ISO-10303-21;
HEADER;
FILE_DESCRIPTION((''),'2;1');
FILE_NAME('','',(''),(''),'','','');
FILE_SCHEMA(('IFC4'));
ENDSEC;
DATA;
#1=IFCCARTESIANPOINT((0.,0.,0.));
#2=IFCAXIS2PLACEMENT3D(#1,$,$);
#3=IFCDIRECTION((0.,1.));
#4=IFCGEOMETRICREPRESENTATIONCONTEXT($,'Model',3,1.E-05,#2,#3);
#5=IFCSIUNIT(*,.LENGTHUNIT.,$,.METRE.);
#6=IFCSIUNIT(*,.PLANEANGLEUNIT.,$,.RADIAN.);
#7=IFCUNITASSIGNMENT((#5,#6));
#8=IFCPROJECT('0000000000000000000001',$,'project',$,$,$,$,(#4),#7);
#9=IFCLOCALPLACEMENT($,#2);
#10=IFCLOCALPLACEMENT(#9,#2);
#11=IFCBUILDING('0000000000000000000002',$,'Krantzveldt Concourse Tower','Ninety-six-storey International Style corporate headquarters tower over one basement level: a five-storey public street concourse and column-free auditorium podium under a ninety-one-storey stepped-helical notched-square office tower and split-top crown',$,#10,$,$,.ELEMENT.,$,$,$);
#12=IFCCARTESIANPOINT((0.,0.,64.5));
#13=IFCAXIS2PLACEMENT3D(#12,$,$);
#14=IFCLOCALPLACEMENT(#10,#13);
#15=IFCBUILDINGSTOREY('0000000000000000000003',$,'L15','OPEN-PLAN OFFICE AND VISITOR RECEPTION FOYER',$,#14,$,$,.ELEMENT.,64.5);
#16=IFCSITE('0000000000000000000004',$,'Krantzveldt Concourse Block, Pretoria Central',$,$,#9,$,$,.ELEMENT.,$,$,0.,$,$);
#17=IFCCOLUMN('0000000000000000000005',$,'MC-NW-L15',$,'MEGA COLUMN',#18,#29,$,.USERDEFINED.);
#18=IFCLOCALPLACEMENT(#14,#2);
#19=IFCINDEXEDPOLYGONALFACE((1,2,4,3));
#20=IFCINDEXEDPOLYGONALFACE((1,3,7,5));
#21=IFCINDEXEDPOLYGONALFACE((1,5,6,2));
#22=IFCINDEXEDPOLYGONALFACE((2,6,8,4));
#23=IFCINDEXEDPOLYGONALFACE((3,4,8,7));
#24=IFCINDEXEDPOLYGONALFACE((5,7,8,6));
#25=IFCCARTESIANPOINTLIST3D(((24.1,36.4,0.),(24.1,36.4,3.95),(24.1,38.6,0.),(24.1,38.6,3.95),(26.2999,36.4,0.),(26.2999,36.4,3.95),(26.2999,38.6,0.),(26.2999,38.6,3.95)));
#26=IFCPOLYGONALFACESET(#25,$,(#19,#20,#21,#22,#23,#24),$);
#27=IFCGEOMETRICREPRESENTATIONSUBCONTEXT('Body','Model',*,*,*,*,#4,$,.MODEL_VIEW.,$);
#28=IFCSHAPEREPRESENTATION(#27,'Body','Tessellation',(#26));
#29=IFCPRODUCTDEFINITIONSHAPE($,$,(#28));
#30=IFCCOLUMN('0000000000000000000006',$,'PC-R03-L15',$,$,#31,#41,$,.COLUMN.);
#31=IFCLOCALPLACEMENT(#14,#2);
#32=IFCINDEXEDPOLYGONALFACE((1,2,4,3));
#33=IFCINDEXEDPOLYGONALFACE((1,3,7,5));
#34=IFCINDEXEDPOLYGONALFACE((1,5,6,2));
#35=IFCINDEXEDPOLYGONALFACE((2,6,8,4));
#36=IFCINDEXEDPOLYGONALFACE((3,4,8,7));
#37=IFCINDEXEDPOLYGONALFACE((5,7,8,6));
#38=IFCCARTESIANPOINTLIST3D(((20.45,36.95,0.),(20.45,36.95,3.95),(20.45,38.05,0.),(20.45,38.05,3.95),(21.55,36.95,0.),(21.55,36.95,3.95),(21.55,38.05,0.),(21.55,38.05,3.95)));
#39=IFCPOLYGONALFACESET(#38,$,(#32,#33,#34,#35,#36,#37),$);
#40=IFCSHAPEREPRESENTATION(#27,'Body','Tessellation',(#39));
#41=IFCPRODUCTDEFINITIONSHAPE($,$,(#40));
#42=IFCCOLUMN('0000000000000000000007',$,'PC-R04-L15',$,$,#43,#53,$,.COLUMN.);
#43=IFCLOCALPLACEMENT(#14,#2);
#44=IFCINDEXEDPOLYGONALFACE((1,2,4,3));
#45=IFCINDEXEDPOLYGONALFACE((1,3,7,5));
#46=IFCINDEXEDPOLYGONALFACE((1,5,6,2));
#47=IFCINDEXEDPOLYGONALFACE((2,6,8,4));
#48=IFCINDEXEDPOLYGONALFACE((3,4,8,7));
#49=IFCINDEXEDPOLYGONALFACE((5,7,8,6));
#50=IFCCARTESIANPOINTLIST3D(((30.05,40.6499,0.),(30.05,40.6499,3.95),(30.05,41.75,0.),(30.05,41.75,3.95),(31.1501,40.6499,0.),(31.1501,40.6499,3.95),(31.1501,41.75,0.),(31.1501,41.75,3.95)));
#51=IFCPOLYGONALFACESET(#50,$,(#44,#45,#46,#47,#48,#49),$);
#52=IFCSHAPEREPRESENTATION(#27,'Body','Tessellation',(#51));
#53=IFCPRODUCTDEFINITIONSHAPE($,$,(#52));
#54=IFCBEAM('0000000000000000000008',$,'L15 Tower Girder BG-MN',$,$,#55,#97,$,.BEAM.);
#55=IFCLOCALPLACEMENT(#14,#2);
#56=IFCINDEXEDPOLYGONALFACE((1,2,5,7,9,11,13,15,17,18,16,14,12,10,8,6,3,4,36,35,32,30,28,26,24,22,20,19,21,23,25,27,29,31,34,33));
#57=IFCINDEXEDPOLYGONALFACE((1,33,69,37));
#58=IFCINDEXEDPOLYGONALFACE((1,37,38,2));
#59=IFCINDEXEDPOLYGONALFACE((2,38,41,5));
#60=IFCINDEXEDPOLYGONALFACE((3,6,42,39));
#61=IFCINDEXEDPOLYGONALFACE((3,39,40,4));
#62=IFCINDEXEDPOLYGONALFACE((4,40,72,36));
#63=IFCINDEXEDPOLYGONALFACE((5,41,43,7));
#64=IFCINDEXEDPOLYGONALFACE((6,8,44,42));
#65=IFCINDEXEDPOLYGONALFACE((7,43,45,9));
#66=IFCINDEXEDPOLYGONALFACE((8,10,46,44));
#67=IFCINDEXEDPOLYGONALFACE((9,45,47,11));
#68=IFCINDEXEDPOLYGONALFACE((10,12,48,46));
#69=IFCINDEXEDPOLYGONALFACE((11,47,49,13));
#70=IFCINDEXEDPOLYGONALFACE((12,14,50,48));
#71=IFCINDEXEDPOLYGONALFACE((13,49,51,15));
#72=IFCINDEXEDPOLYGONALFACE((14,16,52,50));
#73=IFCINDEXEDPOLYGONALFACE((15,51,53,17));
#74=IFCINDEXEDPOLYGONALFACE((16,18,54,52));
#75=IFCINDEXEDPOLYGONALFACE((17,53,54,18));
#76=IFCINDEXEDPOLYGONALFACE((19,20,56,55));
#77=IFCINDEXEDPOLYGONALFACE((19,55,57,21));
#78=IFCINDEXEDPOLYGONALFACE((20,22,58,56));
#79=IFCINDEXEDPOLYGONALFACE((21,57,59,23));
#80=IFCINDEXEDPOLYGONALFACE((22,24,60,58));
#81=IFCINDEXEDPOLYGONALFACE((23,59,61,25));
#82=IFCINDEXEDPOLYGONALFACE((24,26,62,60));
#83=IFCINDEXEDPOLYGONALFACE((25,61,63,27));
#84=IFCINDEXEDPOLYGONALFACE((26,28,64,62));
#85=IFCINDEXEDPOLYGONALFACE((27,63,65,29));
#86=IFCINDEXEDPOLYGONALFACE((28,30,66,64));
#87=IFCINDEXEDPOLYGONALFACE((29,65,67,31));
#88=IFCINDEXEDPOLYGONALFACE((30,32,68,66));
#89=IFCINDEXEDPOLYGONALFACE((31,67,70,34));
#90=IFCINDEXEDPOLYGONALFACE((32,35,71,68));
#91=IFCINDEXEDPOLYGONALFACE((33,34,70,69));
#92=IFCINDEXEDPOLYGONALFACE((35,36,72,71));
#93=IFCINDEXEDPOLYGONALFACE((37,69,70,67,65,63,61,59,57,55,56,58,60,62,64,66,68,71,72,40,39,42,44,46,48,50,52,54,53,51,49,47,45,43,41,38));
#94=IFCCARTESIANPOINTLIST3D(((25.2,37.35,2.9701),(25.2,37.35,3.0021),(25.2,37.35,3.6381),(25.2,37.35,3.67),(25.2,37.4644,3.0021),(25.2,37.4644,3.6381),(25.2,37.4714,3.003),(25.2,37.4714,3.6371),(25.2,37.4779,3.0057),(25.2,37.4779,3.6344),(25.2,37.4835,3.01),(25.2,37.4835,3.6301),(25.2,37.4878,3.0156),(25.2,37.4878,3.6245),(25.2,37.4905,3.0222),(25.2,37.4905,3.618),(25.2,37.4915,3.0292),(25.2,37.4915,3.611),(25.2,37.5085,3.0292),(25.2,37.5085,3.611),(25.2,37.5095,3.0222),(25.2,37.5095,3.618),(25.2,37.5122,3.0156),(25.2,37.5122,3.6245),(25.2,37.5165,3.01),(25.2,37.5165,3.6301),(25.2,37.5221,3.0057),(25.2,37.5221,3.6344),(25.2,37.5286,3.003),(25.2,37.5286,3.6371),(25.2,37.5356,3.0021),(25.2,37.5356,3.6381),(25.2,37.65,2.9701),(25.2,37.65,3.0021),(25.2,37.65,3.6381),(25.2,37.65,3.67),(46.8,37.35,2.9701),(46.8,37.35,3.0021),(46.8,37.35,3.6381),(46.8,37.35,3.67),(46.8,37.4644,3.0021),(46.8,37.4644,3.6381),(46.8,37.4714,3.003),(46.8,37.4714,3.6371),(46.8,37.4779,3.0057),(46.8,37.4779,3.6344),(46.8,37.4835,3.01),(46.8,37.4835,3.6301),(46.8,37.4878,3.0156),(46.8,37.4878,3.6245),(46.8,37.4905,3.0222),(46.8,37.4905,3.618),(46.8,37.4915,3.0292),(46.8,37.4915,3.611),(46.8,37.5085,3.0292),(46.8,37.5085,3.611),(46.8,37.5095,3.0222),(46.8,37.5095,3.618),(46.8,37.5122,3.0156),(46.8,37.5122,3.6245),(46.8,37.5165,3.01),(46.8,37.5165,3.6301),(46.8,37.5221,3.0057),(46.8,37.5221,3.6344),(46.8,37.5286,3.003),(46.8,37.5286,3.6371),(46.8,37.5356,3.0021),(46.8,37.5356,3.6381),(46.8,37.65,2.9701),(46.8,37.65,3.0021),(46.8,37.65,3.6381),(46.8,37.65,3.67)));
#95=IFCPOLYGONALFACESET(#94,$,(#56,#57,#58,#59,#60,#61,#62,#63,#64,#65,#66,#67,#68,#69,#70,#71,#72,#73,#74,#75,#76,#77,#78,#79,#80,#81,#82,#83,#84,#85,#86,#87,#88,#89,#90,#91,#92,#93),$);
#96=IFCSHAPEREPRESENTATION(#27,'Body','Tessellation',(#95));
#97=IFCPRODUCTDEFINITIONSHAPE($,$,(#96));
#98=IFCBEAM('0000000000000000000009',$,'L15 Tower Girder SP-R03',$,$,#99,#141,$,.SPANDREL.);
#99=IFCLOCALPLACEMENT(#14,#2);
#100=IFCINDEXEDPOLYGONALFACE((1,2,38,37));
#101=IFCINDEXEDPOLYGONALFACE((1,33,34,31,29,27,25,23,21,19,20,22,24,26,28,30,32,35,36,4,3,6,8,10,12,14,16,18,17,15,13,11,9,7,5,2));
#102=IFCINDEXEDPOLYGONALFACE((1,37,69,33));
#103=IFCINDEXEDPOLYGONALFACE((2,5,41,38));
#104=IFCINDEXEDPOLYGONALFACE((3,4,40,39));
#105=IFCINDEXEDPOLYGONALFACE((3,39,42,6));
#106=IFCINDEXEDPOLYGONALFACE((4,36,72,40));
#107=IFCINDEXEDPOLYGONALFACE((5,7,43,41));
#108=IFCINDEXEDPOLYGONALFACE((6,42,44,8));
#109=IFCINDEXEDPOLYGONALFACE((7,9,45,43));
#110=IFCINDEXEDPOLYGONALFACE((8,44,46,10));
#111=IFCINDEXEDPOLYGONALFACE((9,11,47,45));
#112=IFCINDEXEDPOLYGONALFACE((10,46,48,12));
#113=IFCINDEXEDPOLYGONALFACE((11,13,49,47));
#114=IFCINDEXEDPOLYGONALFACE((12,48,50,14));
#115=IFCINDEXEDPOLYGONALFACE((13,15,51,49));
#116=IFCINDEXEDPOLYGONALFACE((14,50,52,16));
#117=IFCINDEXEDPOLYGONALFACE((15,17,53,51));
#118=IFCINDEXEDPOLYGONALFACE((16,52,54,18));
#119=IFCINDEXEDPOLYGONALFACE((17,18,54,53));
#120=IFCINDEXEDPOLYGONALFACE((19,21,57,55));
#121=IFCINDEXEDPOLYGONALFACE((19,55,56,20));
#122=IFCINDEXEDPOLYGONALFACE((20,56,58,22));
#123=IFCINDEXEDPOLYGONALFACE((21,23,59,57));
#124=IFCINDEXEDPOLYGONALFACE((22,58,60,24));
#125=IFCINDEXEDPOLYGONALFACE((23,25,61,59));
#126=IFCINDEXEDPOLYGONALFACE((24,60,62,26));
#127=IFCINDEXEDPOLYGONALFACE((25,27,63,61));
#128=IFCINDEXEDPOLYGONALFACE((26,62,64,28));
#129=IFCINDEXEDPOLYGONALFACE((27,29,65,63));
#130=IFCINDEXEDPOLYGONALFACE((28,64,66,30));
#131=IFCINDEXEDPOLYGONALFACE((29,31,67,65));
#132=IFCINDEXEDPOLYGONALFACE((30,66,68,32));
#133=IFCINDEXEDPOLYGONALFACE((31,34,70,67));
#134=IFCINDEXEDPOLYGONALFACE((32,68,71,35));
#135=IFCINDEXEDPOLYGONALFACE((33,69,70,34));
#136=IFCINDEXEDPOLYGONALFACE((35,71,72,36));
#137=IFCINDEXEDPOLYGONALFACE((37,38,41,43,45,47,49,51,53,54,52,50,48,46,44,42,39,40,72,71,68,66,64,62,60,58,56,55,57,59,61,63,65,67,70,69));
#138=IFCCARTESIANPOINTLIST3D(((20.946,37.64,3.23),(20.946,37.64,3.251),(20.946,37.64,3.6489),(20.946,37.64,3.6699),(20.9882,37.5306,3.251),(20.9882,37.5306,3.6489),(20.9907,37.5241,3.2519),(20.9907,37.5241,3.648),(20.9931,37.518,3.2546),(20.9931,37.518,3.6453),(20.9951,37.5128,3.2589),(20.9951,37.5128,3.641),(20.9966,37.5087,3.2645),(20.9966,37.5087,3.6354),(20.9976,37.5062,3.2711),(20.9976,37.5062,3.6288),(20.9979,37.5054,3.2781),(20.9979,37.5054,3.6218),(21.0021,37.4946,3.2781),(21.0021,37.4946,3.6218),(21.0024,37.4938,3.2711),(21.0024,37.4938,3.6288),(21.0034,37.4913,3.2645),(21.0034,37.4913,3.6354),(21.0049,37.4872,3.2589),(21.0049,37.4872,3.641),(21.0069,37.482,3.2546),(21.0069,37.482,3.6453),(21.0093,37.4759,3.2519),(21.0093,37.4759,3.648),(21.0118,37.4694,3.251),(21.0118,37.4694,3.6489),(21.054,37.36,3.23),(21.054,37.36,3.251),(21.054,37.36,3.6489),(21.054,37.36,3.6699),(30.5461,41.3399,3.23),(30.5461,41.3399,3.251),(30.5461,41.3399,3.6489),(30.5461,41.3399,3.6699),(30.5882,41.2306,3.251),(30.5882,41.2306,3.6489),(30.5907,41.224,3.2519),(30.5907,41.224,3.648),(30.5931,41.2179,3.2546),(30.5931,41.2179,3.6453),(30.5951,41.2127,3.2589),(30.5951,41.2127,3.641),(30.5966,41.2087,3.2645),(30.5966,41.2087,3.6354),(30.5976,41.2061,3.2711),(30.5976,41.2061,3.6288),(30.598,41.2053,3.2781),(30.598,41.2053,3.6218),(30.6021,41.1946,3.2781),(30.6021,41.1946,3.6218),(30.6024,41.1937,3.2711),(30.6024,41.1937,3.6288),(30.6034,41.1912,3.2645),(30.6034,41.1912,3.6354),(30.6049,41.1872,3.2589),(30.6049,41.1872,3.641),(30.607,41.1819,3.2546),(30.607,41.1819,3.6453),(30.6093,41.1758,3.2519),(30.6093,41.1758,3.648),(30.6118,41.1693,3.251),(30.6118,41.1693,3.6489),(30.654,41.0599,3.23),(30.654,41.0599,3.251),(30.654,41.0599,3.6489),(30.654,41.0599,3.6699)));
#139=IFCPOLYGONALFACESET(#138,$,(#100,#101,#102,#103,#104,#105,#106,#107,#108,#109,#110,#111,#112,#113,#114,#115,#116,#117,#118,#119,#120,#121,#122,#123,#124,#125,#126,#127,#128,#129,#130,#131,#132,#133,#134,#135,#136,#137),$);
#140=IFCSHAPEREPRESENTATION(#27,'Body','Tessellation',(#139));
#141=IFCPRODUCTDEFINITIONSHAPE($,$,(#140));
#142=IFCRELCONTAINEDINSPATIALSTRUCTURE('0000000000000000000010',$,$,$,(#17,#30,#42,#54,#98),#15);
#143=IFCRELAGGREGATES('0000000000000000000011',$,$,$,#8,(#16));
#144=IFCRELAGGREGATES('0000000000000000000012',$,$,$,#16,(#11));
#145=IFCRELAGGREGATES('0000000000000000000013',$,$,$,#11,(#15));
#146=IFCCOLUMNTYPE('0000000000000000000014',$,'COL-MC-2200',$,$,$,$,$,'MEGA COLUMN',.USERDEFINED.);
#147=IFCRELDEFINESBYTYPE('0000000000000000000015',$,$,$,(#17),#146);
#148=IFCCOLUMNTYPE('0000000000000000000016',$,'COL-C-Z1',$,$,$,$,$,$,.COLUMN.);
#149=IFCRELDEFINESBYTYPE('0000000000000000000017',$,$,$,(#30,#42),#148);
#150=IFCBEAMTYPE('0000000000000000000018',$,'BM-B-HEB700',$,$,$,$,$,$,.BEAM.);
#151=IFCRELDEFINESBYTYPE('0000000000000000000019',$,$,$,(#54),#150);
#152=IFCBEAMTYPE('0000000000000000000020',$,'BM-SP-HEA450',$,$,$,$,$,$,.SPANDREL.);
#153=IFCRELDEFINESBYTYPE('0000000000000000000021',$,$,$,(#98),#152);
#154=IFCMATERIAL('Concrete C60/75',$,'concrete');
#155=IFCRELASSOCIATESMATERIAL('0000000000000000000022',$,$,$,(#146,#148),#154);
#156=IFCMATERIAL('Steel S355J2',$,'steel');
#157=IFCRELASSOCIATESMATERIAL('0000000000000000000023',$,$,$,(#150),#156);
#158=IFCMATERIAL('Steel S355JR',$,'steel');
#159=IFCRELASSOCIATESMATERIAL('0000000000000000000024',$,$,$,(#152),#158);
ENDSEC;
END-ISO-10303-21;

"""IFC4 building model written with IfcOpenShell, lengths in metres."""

from ifc_helpers import new_model, si_unit, direction, frame, origin, origin_2d, place, context, subcontext, project, spatial, rectangle, i_section, extrude, source, transform, mapped, material, material_profile, profile_set, type_object, type_shapes, element, save


model = new_model("IFC4")

# Units and contexts
model_context = context("Model", 3, precision=1e-05, world=origin(), true_north=direction((0.0, 1.0)))
body_context = subcontext(model_context, "Body", "Model", "MODEL_VIEW")
ifc_project = project(units=[si_unit("LENGTHUNIT", "METRE"), si_unit("PLANEANGLEUNIT", "RADIAN")], contexts=[model_context])

# Site, building, storey
site_placement = place(None, origin())
site = spatial("IfcSite", under=ifc_project, at=site_placement, Name="Krantzveldt Concourse Block, Pretoria Central", CompositionType="ELEMENT", RefElevation=0.0)
building_placement = place(site_placement, origin())
building = spatial("IfcBuilding", under=site, at=building_placement, Name="Krantzveldt Concourse Tower", Description="Ninety-six-storey International Style corporate headquarters tower over one basement level: a five-storey public street concourse and column-free auditorium podium under a ninety-one-storey stepped-helical notched-square office tower and split-top crown", CompositionType="ELEMENT")
storey_placement = place(building_placement, frame((0.0, 0.0, 64.5)))
storey = spatial("IfcBuildingStorey", under=building, at=storey_placement, Name="L15", Description="OPEN-PLAN OFFICE AND VISITOR RECEPTION FOYER", CompositionType="ELEMENT", Elevation=64.5)

# Columns
ifc_material_1 = material(Name="Concrete C60/75", Category="concrete")
ifc_material_profile_1 = material_profile(ifc_material_1, rectangle(XDim=2.2, YDim=2.2, at=origin_2d()), Name="Concrete C60/75", Category="concrete")
ifc_profile_set_1 = profile_set([ifc_material_profile_1], Name="Concrete C60/75 - RC 2200x2200")
column_type_1 = type_object("IfcColumnType", Name="COL-MC-2200", ElementType="MEGA COLUMN", PredefinedType="USERDEFINED", material=ifc_profile_set_1)
shared_shape_1 = source(origin(), body_context, "Body", "SweptSolid", [
    extrude(rectangle(XDim=2.2, YDim=2.2, at=origin_2d()), origin(), (0.0, 0.0, 1.0), 3.95),
])
type_shapes(column_type_1, [shared_shape_1])
column_placement = place(storey_placement, frame((25.2, 37.5, 0.0), z_axis=(0.0, 0.0, 1.0), x_axis=(1.0, 0.0, 0.0)))
element("IfcColumn", 1, at=column_placement, inside=storey, type_object=column_type_1, Name="MC-NW-L15", ObjectType="MEGA COLUMN", PredefinedType="USERDEFINED", context=body_context, shape_type="MappedRepresentation", body=[
    mapped(shared_shape_1, transform((0.0, 0.0, 0.0), x_axis=(1.0, 0.0, 0.0), y_axis=(0.0, 1.0, 0.0), z_axis=(0.0, 0.0, 1.0), scale=1.0)),
])
ifc_material_profile_2 = material_profile(ifc_material_1, rectangle(XDim=1.1001, YDim=1.1001, at=origin_2d()), Name="Concrete C60/75", Category="concrete")
ifc_profile_set_2 = profile_set([ifc_material_profile_2], Name="Concrete C60/75 - RC 1100x1100")
column_type_2 = type_object("IfcColumnType", Name="COL-C-Z1", PredefinedType="COLUMN", material=ifc_profile_set_2)
shared_shape_2 = source(origin(), body_context, "Body", "SweptSolid", [
    extrude(rectangle(XDim=1.1001, YDim=1.1001, at=origin_2d()), origin(), (0.0, 0.0, 1.0), 3.95),
])
type_shapes(column_type_2, [shared_shape_2])
for number, where, z_axis, x_axis, name in (
    (2, (21.0, 37.5, 0.0), (0.0, 0.0, 1.0), (1.0, 0.0, 0.0), "PC-R03-L15"),
    (3, (30.6001, 41.2, 0.0), (0.0, 0.0, 1.0), (1.0, 0.0, 0.0), "PC-R04-L15"),
):
    element("IfcColumn", number, at=place(storey_placement, frame(where, z_axis=z_axis, x_axis=x_axis)), inside=storey, type_object=column_type_2, Name=name, PredefinedType="COLUMN", context=body_context, shape_type="MappedRepresentation", body=[
        mapped(shared_shape_2, transform((0.0, 0.0, 0.0), x_axis=(1.0, 0.0, 0.0), y_axis=(0.0, 1.0, 0.0), z_axis=(0.0, 0.0, 1.0), scale=1.0)),
    ])

# Beams
ifc_material_2 = material(Name="Steel S355J2", Category="steel")
ifc_material_profile_3 = material_profile(ifc_material_2, i_section(OverallWidth=0.3, OverallDepth=0.7, WebThickness=0.0171, FlangeThickness=0.032, FilletRadius=0.0271, at=origin_2d()), Name="Steel S355J2", Category="steel")
ifc_profile_set_3 = profile_set([ifc_material_profile_3], Name="Steel S355J2 - HEB 700")
beam_type_1 = type_object("IfcBeamType", Name="BM-B-HEB700", PredefinedType="BEAM", material=ifc_profile_set_3)
shared_shape_3 = source(origin(), body_context, "Body", "SweptSolid", [
    extrude(i_section(OverallWidth=0.3, OverallDepth=0.7, WebThickness=0.0171, FlangeThickness=0.032, FilletRadius=0.0271, at=origin_2d()), origin(), (0.0, 0.0, 1.0), 21.6001),
])
type_shapes(beam_type_1, [shared_shape_3])
beam_1_placement = place(storey_placement, frame((25.2, 37.5, 3.3201), z_axis=(1.0, 0.0, 0.0), x_axis=(0.0, 1.0, 0.0)))
element("IfcBeam", 4, at=beam_1_placement, inside=storey, type_object=beam_type_1, Name="L15 Tower Girder BG-MN", PredefinedType="BEAM", context=body_context, shape_type="MappedRepresentation", body=[
    mapped(shared_shape_3, transform((0.0, 0.0, 0.0), x_axis=(1.0, 0.0, 0.0), y_axis=(0.0, 1.0, 0.0), z_axis=(0.0, 0.0, 1.0), scale=1.0)),
])
ifc_material_3 = material(Name="Steel S355JR", Category="steel")
ifc_material_profile_4 = material_profile(ifc_material_3, i_section(OverallWidth=0.3, OverallDepth=0.4399, WebThickness=0.0115, FlangeThickness=0.021, FilletRadius=0.0271, at=origin_2d()), Name="Steel S355JR", Category="steel")
ifc_profile_set_4 = profile_set([ifc_material_profile_4], Name="Steel S355JR - HEA 450")
beam_type_2 = type_object("IfcBeamType", Name="BM-SP-HEA450", PredefinedType="SPANDREL", material=ifc_profile_set_4)
shared_shape_4 = source(origin(), body_context, "Body", "SweptSolid", [
    extrude(i_section(OverallWidth=0.3, OverallDepth=0.4399, WebThickness=0.0115, FlangeThickness=0.021, FilletRadius=0.0271, at=origin_2d()), origin(), (0.0, 0.0, 1.0), 10.2883),
])
beam_2_placement = place(storey_placement, frame((21.0, 37.5, 3.45), z_axis=(0.933098, 0.359623, 0.0), x_axis=(-0.359623, 0.933098, 0.0)))
element("IfcBeam", 5, at=beam_2_placement, inside=storey, type_object=beam_type_2, Name="L15 Tower Girder SP-R03", PredefinedType="SPANDREL", context=body_context, shape_type="MappedRepresentation", body=[
    mapped(shared_shape_4, transform((0.0, 0.0, 0.0), x_axis=(1.0, 0.0, 0.0), y_axis=(0.0, 1.0, 0.0), z_axis=(0.0, 0.0, 1.0), scale=1.0)),
])

save(model, "model.ifc")
